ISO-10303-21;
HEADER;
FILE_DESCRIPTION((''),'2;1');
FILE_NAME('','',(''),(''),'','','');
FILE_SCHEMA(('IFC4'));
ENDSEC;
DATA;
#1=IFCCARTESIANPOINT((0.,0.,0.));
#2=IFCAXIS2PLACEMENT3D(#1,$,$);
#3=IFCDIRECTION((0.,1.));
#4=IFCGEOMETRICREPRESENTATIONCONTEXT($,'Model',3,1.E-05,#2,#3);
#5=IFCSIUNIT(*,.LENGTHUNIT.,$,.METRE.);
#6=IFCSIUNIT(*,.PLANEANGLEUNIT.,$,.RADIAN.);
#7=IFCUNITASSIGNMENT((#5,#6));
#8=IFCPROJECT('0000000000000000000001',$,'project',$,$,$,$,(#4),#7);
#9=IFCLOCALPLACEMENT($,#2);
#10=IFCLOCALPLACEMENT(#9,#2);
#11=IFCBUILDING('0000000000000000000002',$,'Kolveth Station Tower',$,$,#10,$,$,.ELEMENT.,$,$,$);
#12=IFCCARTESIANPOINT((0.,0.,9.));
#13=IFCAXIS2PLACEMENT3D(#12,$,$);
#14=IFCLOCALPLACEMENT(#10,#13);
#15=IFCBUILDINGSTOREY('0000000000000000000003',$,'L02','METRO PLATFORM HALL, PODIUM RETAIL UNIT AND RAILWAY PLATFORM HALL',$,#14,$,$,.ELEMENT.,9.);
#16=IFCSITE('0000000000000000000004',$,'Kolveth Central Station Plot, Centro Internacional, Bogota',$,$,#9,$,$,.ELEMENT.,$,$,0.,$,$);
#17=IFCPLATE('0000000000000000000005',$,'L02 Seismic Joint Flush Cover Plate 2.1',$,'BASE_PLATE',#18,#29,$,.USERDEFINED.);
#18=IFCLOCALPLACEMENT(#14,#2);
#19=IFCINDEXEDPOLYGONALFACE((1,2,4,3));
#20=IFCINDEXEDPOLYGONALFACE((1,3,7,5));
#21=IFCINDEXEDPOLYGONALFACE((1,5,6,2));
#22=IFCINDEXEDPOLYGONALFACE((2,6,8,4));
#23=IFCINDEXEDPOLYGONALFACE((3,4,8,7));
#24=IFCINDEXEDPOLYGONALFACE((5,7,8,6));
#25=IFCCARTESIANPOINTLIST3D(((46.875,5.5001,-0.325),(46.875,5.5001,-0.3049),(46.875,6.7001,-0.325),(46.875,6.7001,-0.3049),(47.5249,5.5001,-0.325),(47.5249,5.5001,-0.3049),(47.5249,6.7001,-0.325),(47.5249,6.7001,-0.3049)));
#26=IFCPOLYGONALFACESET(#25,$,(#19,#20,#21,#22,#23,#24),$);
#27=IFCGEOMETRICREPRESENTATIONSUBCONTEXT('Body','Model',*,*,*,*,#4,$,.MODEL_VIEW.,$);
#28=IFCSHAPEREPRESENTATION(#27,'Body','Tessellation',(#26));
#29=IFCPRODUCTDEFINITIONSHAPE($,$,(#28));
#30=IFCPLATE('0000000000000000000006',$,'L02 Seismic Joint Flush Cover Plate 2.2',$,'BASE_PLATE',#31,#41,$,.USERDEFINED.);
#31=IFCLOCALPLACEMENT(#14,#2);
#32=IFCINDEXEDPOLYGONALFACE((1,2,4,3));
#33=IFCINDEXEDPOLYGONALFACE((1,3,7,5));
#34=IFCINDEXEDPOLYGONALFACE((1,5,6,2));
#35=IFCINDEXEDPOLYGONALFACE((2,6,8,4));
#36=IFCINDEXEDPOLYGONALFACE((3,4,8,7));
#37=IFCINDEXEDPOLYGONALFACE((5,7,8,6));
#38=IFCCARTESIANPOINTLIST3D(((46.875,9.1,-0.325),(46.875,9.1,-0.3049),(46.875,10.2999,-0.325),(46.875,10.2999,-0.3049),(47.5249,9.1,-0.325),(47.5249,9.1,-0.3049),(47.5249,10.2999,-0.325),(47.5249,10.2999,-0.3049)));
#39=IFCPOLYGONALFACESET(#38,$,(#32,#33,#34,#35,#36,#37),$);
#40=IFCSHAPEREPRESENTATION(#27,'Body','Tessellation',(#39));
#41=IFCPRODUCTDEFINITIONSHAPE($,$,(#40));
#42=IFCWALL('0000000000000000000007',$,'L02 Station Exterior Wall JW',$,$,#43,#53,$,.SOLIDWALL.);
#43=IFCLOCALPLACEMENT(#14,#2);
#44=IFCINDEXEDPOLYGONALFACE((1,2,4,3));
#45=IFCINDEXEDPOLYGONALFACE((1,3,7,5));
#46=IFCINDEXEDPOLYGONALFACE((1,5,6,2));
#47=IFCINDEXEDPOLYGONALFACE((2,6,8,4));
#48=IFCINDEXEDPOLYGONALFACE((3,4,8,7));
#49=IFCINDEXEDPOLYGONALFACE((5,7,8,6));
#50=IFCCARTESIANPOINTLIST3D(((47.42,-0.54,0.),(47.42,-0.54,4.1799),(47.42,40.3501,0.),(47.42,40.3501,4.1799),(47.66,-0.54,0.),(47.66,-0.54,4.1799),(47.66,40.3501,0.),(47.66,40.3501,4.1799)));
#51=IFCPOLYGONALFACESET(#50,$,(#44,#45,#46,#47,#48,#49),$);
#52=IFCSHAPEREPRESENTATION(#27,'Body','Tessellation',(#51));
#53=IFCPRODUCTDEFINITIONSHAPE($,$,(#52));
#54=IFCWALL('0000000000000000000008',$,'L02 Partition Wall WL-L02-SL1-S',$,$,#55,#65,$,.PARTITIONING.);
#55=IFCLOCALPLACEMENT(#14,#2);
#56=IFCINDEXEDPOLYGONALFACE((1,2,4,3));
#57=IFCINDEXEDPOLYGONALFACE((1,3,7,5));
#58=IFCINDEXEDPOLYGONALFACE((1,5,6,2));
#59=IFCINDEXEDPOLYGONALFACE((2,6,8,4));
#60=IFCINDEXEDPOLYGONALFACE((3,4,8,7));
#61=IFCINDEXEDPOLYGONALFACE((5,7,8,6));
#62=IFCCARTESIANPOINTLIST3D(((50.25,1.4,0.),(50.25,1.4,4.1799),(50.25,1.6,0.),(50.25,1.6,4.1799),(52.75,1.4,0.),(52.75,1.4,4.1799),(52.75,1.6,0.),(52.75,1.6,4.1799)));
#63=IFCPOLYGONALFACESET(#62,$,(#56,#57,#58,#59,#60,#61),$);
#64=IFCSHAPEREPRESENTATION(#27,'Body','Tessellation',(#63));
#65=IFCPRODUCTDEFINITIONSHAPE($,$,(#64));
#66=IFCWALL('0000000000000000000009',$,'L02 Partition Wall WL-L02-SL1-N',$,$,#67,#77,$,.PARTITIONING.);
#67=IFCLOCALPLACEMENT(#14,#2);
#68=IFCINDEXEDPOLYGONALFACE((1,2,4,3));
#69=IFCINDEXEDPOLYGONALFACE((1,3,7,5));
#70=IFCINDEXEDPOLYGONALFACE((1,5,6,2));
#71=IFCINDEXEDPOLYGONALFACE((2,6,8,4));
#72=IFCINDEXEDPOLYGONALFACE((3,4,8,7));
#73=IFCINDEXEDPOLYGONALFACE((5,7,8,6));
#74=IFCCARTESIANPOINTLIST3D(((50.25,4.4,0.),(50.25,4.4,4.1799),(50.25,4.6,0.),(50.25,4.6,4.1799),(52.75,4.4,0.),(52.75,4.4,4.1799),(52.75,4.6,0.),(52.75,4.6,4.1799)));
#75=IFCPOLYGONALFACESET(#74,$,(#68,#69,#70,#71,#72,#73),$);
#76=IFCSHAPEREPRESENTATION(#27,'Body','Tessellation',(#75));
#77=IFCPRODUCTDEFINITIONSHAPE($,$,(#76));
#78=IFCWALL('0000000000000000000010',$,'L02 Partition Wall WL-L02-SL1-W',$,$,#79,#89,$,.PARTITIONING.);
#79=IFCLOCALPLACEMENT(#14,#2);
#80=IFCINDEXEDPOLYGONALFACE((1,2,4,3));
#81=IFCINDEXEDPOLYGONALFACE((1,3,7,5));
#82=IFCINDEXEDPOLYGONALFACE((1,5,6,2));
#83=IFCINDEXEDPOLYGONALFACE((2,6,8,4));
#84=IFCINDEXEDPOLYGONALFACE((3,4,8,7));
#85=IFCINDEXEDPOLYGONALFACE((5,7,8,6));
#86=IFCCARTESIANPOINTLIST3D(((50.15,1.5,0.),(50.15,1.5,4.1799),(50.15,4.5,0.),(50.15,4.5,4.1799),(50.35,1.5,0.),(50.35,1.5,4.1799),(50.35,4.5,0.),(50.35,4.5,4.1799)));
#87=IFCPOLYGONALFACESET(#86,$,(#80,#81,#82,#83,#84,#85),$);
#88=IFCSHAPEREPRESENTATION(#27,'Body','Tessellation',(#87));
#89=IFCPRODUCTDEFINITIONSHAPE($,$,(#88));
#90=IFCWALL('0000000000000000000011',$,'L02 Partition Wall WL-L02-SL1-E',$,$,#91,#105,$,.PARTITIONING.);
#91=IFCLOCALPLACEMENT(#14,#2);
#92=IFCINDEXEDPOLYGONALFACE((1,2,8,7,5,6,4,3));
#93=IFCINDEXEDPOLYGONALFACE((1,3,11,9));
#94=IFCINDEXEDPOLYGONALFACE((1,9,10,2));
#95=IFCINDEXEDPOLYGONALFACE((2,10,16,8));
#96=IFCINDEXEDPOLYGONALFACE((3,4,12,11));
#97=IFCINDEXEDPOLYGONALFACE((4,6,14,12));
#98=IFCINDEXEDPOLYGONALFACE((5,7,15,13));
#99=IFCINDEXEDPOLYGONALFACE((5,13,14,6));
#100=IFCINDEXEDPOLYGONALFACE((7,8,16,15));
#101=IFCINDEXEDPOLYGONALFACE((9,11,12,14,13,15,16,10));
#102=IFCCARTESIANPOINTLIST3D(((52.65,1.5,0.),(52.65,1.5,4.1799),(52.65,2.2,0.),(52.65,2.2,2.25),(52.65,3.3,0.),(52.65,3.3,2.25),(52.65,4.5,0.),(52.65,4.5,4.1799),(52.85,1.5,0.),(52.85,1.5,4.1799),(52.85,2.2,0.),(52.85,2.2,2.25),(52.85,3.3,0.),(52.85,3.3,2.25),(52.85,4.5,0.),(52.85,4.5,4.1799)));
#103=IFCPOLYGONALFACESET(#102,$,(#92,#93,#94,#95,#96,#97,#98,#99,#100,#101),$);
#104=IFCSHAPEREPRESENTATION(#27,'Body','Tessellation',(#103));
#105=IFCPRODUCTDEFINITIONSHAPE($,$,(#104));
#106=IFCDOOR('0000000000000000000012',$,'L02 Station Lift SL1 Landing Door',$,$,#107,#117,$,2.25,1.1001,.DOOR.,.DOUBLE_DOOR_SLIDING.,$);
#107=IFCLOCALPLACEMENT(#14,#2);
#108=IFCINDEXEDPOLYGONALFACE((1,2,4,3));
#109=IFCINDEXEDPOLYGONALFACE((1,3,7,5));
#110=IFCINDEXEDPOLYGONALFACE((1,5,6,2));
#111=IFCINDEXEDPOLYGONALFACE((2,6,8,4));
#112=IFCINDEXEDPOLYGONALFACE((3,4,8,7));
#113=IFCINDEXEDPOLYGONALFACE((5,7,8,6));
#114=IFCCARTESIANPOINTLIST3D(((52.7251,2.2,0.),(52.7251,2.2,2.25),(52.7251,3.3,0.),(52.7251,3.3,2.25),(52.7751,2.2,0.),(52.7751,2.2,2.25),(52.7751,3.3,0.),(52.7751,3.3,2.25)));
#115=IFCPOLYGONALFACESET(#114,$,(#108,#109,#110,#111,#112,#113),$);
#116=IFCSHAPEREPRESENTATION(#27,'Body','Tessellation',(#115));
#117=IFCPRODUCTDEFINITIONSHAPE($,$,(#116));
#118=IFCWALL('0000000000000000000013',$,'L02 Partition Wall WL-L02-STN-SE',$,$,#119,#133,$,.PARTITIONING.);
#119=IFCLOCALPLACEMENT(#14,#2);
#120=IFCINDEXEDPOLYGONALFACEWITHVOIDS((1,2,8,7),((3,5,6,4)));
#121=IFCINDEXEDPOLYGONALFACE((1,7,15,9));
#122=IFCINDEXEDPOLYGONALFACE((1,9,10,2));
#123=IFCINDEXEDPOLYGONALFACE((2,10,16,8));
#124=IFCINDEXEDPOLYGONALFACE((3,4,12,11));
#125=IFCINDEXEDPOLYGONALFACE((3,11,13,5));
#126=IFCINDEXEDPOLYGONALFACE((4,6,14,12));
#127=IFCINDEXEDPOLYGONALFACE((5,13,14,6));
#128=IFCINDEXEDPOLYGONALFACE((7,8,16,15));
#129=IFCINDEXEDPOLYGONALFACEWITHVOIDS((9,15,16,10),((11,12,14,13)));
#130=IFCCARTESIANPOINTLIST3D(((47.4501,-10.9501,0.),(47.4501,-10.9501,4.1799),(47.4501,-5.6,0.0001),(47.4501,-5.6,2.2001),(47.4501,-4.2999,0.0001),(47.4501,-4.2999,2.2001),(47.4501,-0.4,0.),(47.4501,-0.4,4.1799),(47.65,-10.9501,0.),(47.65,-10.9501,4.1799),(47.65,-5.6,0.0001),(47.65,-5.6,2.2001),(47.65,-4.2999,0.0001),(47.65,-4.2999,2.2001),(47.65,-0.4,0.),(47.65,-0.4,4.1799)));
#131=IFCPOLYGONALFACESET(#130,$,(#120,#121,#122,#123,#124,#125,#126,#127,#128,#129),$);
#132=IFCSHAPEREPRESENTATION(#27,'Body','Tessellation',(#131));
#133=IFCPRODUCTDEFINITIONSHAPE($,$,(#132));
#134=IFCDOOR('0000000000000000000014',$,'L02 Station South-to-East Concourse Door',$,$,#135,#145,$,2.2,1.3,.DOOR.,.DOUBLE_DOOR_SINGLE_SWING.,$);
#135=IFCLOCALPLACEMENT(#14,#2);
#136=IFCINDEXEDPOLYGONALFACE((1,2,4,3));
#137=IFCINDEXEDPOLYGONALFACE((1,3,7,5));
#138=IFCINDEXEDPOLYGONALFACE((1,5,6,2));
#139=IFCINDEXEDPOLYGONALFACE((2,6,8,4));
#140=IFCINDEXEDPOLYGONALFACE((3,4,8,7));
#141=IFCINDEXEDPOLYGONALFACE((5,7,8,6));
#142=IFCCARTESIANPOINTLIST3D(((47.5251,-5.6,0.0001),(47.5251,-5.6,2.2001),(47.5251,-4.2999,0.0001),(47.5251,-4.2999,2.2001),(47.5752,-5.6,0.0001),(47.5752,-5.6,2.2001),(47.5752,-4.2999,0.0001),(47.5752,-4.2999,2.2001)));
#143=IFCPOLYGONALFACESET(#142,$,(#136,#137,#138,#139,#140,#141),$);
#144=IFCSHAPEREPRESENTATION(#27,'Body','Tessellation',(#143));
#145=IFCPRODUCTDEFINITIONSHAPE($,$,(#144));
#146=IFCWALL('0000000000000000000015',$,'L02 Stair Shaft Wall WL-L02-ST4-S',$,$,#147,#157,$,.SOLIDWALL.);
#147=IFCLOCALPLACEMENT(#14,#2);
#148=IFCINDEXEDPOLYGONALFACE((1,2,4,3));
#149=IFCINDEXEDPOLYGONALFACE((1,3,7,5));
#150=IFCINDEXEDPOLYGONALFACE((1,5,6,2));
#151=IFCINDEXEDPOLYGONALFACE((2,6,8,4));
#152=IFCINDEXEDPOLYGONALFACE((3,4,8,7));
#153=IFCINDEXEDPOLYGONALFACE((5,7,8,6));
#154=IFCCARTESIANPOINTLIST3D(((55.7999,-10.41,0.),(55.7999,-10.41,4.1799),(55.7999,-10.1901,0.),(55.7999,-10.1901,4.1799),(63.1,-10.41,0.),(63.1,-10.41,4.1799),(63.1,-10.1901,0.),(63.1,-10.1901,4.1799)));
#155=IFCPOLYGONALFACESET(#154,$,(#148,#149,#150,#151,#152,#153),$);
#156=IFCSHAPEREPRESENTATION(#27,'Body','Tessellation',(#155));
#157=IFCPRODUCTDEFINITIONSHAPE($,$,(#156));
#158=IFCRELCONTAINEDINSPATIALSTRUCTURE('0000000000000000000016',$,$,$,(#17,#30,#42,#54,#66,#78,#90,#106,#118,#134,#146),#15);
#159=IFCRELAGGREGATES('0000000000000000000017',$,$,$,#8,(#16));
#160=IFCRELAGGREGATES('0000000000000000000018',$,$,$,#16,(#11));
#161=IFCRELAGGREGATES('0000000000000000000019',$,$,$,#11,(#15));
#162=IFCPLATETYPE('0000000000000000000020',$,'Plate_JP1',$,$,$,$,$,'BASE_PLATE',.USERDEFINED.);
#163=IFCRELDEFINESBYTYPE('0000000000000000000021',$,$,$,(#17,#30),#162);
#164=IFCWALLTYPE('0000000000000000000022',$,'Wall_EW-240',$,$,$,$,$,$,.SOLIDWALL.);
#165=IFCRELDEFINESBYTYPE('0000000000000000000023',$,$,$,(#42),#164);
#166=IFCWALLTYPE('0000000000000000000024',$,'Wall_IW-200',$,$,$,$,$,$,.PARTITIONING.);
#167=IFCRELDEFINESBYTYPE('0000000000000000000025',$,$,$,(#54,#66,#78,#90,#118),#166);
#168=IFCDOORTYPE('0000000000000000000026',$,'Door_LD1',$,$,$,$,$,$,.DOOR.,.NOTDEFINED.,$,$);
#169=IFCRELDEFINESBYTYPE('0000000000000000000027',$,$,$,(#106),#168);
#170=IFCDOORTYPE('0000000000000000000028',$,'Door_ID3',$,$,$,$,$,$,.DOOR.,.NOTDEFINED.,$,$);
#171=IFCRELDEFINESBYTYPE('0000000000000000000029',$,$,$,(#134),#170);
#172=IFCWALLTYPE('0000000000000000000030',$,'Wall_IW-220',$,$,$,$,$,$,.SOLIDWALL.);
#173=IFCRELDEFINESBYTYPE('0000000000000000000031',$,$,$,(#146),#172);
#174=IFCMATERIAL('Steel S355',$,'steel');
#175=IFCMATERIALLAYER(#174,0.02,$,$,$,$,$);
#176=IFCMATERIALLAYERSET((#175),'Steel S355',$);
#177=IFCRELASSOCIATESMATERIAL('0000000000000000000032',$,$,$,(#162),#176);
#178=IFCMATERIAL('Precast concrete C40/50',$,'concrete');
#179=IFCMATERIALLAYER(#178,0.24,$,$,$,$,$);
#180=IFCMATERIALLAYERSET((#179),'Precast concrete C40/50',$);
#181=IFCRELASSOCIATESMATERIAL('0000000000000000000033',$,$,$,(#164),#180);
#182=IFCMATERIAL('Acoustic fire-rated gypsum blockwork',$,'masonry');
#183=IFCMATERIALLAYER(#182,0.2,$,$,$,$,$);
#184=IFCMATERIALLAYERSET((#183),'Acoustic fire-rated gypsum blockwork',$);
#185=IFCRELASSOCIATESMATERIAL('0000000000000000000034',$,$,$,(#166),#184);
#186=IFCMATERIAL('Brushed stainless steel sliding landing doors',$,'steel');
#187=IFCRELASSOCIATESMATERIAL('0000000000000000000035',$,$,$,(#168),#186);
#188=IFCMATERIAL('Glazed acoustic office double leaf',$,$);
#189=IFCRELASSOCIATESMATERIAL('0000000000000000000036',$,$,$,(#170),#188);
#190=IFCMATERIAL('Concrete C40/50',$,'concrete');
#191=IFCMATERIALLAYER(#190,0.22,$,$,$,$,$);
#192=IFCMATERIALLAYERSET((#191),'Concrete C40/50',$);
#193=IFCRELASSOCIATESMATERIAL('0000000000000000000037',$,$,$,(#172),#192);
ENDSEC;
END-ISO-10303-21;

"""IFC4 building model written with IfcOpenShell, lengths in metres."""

from ifc_helpers import new_model, si_unit, direction, frame, frame_2d, origin, origin_2d, place, context, subcontext, project, spatial, rectangle, extrude, source, transform, mapped, material, layer, layer_set, type_object, element, fill, save


model = new_model("IFC4")

# Units and contexts
model_context = context("Model", 3, precision=1e-05, world=origin(), true_north=direction((0.0, 1.0)))
body_context = subcontext(model_context, "Body", "Model", "MODEL_VIEW")
ifc_project = project(units=[si_unit("LENGTHUNIT", "METRE"), si_unit("PLANEANGLEUNIT", "RADIAN")], contexts=[model_context])

# Site, building, storey
site_placement = place(None, origin())
site = spatial("IfcSite", under=ifc_project, at=site_placement, Name="Kolveth Central Station Plot, Centro Internacional, Bogota", CompositionType="ELEMENT", RefElevation=0.0)
building_placement = place(site_placement, origin())
building = spatial("IfcBuilding", under=site, at=building_placement, Name="Kolveth Station Tower", CompositionType="ELEMENT")
storey_placement = place(building_placement, frame((0.0, 0.0, 9.0)))
storey = spatial("IfcBuildingStorey", under=building, at=storey_placement, Name="L02", Description="METRO PLATFORM HALL, PODIUM RETAIL UNIT AND RAILWAY PLATFORM HALL", CompositionType="ELEMENT", Elevation=9.0)

# Shared definitions
ifc_material_1 = material(Name="Steel S355", Category="steel")

# Plates
ifc_layer_1 = layer(ifc_material_1, 0.02)
ifc_layer_set_1 = layer_set([ifc_layer_1], Name="Steel S355")
plate_type = type_object("IfcPlateType", Name="Plate_JP1", ElementType="BASE_PLATE", PredefinedType="USERDEFINED", material=ifc_layer_set_1)
shared_shape_1 = source(origin(), body_context, "Body", "SweptSolid", [
    extrude(rectangle(XDim=1.2, YDim=0.6499, at=origin_2d()), origin(), (0.0, 0.0, 1.0), 0.02),
])
for number, where, z_axis, x_axis, name in (
    (1, (47.2, 6.1001, -0.325), (0.0, 0.0, 1.0), (0.0, 1.0, 0.0), "L02 Seismic Joint Flush Cover Plate 2.1"),
    (2, (47.2, 9.7, -0.325), (0.0, 0.0, 1.0), (0.0, 1.0, 0.0), "L02 Seismic Joint Flush Cover Plate 2.2"),
):
    element("IfcPlate", number, at=place(storey_placement, frame(where, z_axis=z_axis, x_axis=x_axis)), inside=storey, type_object=plate_type, Name=name, ObjectType="BASE_PLATE", PredefinedType="USERDEFINED", context=body_context, shape_type="MappedRepresentation", body=[
        mapped(shared_shape_1, transform((0.0, 0.0, 0.0), x_axis=(1.0, 0.0, 0.0), y_axis=(0.0, 1.0, 0.0), z_axis=(0.0, 0.0, 1.0), scale=1.0)),
    ])

# Walls
ifc_material_2 = material(Name="Precast concrete C40/50", Category="concrete")
ifc_layer_2 = layer(ifc_material_2, 0.24)
ifc_layer_set_2 = layer_set([ifc_layer_2], Name="Precast concrete C40/50")
wall_type_1 = type_object("IfcWallType", Name="Wall_EW-240", PredefinedType="SOLIDWALL", material=ifc_layer_set_2)
wall_1_placement = place(storey_placement, frame((47.54, -0.54, 0.0), z_axis=(0.0, 0.0, 1.0), x_axis=(0.0, 1.0, 0.0)))
element("IfcWall", 3, at=wall_1_placement, inside=storey, type_object=wall_type_1, Name="L02 Station Exterior Wall JW", PredefinedType="SOLIDWALL", context=body_context, shape_type="SweptSolid", body=[
    extrude(rectangle(XDim=40.8901, YDim=0.24, at=frame_2d((20.4451, 0.0))), origin(), (0.0, 0.0, 1.0), 4.1799),
])
ifc_material_3 = material(Name="Acoustic fire-rated gypsum blockwork", Category="masonry")
ifc_layer_3 = layer(ifc_material_3, 0.2)
ifc_layer_set_3 = layer_set([ifc_layer_3], Name="Acoustic fire-rated gypsum blockwork")
wall_type_2 = type_object("IfcWallType", Name="Wall_IW-200", PredefinedType="PARTITIONING", material=ifc_layer_set_3)
for number, where, z_axis, x_axis, name in (
    (4, (50.25, 1.5, 0.0), (0.0, 0.0, 1.0), (1.0, 0.0, 0.0), "L02 Partition Wall WL-L02-SL1-S"),
    (5, (50.25, 4.5, 0.0), (0.0, 0.0, 1.0), (1.0, 0.0, 0.0), "L02 Partition Wall WL-L02-SL1-N"),
):
    element("IfcWall", number, at=place(storey_placement, frame(where, z_axis=z_axis, x_axis=x_axis)), inside=storey, type_object=wall_type_2, Name=name, PredefinedType="PARTITIONING", context=body_context, shape_type="SweptSolid", body=[
        extrude(rectangle(XDim=2.5, YDim=0.2, at=frame_2d((1.25, 0.0))), origin(), (0.0, 0.0, 1.0), 4.1799),
    ])
wall_2_placement = place(storey_placement, frame((50.25, 1.5, 0.0), z_axis=(0.0, 0.0, 1.0), x_axis=(0.0, 1.0, 0.0)))
element("IfcWall", 6, at=wall_2_placement, inside=storey, type_object=wall_type_2, Name="L02 Partition Wall WL-L02-SL1-W", PredefinedType="PARTITIONING", context=body_context, shape_type="SweptSolid", body=[
    extrude(rectangle(XDim=3.0, YDim=0.2, at=frame_2d((1.5, 0.0))), origin(), (0.0, 0.0, 1.0), 4.1799),
])

# Walls, openings, doors
wall_3_placement = place(storey_placement, frame((52.75, 1.5, 0.0), z_axis=(0.0, 0.0, 1.0), x_axis=(0.0, 1.0, 0.0)))
wall_3 = element("IfcWall", 7, at=wall_3_placement, inside=storey, type_object=wall_type_2, Name="L02 Partition Wall WL-L02-SL1-E", PredefinedType="PARTITIONING", context=body_context, shape_type="SweptSolid", body=[
    extrude(rectangle(XDim=3.0, YDim=0.2, at=frame_2d((1.5, 0.0))), origin(), (0.0, 0.0, 1.0), 4.1799),
])
opening_1_placement = place(wall_3_placement, frame((0.7, 0.0, 0.0)))
opening_1 = element("IfcOpeningElement", 8, at=opening_1_placement, cuts=wall_3, PredefinedType="OPENING", context=body_context, shape_type="SweptSolid", body=[
    extrude(rectangle(XDim=1.1001, YDim=2.25, at=frame_2d((0.55, 1.125))), frame((0.0, 0.1099, 0.0), z_axis=(0.0, -1.0, 0.0), x_axis=(1.0, 0.0, 0.0)), (0.0, 0.0, 1.0), 0.22),
])
ifc_material_4 = material(Name="Brushed stainless steel sliding landing doors", Category="steel")
door_type_1 = type_object("IfcDoorType", Name="Door_LD1", OperationType="NOTDEFINED", PredefinedType="DOOR", material=ifc_material_4)
door_1_placement = place(opening_1_placement, origin())
door_1 = element("IfcDoor", 9, at=door_1_placement, inside=storey, type_object=door_type_1, Name="L02 Station Lift SL1 Landing Door", OperationType="DOUBLE_DOOR_SLIDING", OverallHeight=2.25, OverallWidth=1.1001, PredefinedType="DOOR", context=body_context, shape_type="SweptSolid", body=[
    extrude(rectangle(XDim=1.1001, YDim=2.25, at=frame_2d((0.55, 1.125))), frame((0.0, 0.0249, 0.0), z_axis=(0.0, -1.0, 0.0), x_axis=(1.0, 0.0, 0.0)), (0.0, 0.0, 1.0), 0.05),
])
fill(opening_1, door_1)
wall_4_placement = place(storey_placement, frame((47.55, -10.95, 0.0), z_axis=(0.0, 0.0, 1.0), x_axis=(0.0, 1.0, 0.0)))
wall_4 = element("IfcWall", 10, at=wall_4_placement, inside=storey, type_object=wall_type_2, Name="L02 Partition Wall WL-L02-STN-SE", PredefinedType="PARTITIONING", context=body_context, shape_type="SweptSolid", body=[
    extrude(rectangle(XDim=10.55, YDim=0.2, at=frame_2d((5.2749, 0.0))), origin(), (0.0, 0.0, 1.0), 4.1799),
])
opening_2_placement = place(wall_4_placement, frame((5.3501, 0.0, 0.0)))
opening_2 = element("IfcOpeningElement", 11, at=opening_2_placement, cuts=wall_4, PredefinedType="OPENING", context=body_context, shape_type="SweptSolid", body=[
    extrude(rectangle(XDim=1.3, YDim=2.2, at=frame_2d((0.6499, 1.1001))), frame((0.0, 0.1099, 0.0), z_axis=(0.0, -1.0, 0.0), x_axis=(1.0, 0.0, 0.0)), (0.0, 0.0, 1.0), 0.22),
])
ifc_material_5 = material(Name="Glazed acoustic office double leaf")
door_type_2 = type_object("IfcDoorType", Name="Door_ID3", OperationType="NOTDEFINED", PredefinedType="DOOR", material=ifc_material_5)
door_2_placement = place(opening_2_placement, origin())
door_2 = element("IfcDoor", 12, at=door_2_placement, inside=storey, type_object=door_type_2, Name="L02 Station South-to-East Concourse Door", OperationType="DOUBLE_DOOR_SINGLE_SWING", OverallHeight=2.2, OverallWidth=1.3, PredefinedType="DOOR", context=body_context, shape_type="SweptSolid", body=[
    extrude(rectangle(XDim=1.3, YDim=2.2, at=frame_2d((0.6499, 1.1001))), frame((0.0, 0.0249, 0.0), z_axis=(0.0, -1.0, 0.0), x_axis=(1.0, 0.0, 0.0)), (0.0, 0.0, 1.0), 0.05),
])
fill(opening_2, door_2)

# Wall
ifc_material_6 = material(Name="Concrete C40/50", Category="concrete")
ifc_layer_4 = layer(ifc_material_6, 0.22)
ifc_layer_set_4 = layer_set([ifc_layer_4], Name="Concrete C40/50")
wall_type_3 = type_object("IfcWallType", Name="Wall_IW-220", PredefinedType="SOLIDWALL", material=ifc_layer_set_4)
wall_5_placement = place(storey_placement, frame((55.8, -10.3, 0.0), z_axis=(0.0, 0.0, 1.0), x_axis=(1.0, 0.0, 0.0)))
element("IfcWall", 13, at=wall_5_placement, inside=storey, type_object=wall_type_3, Name="L02 Stair Shaft Wall WL-L02-ST4-S", PredefinedType="SOLIDWALL", context=body_context, shape_type="SweptSolid", body=[
    extrude(rectangle(XDim=7.3, YDim=0.22, at=frame_2d((3.6499, 0.0))), origin(), (0.0, 0.0, 1.0), 4.1799),
])

save(model, "model.ifc")
